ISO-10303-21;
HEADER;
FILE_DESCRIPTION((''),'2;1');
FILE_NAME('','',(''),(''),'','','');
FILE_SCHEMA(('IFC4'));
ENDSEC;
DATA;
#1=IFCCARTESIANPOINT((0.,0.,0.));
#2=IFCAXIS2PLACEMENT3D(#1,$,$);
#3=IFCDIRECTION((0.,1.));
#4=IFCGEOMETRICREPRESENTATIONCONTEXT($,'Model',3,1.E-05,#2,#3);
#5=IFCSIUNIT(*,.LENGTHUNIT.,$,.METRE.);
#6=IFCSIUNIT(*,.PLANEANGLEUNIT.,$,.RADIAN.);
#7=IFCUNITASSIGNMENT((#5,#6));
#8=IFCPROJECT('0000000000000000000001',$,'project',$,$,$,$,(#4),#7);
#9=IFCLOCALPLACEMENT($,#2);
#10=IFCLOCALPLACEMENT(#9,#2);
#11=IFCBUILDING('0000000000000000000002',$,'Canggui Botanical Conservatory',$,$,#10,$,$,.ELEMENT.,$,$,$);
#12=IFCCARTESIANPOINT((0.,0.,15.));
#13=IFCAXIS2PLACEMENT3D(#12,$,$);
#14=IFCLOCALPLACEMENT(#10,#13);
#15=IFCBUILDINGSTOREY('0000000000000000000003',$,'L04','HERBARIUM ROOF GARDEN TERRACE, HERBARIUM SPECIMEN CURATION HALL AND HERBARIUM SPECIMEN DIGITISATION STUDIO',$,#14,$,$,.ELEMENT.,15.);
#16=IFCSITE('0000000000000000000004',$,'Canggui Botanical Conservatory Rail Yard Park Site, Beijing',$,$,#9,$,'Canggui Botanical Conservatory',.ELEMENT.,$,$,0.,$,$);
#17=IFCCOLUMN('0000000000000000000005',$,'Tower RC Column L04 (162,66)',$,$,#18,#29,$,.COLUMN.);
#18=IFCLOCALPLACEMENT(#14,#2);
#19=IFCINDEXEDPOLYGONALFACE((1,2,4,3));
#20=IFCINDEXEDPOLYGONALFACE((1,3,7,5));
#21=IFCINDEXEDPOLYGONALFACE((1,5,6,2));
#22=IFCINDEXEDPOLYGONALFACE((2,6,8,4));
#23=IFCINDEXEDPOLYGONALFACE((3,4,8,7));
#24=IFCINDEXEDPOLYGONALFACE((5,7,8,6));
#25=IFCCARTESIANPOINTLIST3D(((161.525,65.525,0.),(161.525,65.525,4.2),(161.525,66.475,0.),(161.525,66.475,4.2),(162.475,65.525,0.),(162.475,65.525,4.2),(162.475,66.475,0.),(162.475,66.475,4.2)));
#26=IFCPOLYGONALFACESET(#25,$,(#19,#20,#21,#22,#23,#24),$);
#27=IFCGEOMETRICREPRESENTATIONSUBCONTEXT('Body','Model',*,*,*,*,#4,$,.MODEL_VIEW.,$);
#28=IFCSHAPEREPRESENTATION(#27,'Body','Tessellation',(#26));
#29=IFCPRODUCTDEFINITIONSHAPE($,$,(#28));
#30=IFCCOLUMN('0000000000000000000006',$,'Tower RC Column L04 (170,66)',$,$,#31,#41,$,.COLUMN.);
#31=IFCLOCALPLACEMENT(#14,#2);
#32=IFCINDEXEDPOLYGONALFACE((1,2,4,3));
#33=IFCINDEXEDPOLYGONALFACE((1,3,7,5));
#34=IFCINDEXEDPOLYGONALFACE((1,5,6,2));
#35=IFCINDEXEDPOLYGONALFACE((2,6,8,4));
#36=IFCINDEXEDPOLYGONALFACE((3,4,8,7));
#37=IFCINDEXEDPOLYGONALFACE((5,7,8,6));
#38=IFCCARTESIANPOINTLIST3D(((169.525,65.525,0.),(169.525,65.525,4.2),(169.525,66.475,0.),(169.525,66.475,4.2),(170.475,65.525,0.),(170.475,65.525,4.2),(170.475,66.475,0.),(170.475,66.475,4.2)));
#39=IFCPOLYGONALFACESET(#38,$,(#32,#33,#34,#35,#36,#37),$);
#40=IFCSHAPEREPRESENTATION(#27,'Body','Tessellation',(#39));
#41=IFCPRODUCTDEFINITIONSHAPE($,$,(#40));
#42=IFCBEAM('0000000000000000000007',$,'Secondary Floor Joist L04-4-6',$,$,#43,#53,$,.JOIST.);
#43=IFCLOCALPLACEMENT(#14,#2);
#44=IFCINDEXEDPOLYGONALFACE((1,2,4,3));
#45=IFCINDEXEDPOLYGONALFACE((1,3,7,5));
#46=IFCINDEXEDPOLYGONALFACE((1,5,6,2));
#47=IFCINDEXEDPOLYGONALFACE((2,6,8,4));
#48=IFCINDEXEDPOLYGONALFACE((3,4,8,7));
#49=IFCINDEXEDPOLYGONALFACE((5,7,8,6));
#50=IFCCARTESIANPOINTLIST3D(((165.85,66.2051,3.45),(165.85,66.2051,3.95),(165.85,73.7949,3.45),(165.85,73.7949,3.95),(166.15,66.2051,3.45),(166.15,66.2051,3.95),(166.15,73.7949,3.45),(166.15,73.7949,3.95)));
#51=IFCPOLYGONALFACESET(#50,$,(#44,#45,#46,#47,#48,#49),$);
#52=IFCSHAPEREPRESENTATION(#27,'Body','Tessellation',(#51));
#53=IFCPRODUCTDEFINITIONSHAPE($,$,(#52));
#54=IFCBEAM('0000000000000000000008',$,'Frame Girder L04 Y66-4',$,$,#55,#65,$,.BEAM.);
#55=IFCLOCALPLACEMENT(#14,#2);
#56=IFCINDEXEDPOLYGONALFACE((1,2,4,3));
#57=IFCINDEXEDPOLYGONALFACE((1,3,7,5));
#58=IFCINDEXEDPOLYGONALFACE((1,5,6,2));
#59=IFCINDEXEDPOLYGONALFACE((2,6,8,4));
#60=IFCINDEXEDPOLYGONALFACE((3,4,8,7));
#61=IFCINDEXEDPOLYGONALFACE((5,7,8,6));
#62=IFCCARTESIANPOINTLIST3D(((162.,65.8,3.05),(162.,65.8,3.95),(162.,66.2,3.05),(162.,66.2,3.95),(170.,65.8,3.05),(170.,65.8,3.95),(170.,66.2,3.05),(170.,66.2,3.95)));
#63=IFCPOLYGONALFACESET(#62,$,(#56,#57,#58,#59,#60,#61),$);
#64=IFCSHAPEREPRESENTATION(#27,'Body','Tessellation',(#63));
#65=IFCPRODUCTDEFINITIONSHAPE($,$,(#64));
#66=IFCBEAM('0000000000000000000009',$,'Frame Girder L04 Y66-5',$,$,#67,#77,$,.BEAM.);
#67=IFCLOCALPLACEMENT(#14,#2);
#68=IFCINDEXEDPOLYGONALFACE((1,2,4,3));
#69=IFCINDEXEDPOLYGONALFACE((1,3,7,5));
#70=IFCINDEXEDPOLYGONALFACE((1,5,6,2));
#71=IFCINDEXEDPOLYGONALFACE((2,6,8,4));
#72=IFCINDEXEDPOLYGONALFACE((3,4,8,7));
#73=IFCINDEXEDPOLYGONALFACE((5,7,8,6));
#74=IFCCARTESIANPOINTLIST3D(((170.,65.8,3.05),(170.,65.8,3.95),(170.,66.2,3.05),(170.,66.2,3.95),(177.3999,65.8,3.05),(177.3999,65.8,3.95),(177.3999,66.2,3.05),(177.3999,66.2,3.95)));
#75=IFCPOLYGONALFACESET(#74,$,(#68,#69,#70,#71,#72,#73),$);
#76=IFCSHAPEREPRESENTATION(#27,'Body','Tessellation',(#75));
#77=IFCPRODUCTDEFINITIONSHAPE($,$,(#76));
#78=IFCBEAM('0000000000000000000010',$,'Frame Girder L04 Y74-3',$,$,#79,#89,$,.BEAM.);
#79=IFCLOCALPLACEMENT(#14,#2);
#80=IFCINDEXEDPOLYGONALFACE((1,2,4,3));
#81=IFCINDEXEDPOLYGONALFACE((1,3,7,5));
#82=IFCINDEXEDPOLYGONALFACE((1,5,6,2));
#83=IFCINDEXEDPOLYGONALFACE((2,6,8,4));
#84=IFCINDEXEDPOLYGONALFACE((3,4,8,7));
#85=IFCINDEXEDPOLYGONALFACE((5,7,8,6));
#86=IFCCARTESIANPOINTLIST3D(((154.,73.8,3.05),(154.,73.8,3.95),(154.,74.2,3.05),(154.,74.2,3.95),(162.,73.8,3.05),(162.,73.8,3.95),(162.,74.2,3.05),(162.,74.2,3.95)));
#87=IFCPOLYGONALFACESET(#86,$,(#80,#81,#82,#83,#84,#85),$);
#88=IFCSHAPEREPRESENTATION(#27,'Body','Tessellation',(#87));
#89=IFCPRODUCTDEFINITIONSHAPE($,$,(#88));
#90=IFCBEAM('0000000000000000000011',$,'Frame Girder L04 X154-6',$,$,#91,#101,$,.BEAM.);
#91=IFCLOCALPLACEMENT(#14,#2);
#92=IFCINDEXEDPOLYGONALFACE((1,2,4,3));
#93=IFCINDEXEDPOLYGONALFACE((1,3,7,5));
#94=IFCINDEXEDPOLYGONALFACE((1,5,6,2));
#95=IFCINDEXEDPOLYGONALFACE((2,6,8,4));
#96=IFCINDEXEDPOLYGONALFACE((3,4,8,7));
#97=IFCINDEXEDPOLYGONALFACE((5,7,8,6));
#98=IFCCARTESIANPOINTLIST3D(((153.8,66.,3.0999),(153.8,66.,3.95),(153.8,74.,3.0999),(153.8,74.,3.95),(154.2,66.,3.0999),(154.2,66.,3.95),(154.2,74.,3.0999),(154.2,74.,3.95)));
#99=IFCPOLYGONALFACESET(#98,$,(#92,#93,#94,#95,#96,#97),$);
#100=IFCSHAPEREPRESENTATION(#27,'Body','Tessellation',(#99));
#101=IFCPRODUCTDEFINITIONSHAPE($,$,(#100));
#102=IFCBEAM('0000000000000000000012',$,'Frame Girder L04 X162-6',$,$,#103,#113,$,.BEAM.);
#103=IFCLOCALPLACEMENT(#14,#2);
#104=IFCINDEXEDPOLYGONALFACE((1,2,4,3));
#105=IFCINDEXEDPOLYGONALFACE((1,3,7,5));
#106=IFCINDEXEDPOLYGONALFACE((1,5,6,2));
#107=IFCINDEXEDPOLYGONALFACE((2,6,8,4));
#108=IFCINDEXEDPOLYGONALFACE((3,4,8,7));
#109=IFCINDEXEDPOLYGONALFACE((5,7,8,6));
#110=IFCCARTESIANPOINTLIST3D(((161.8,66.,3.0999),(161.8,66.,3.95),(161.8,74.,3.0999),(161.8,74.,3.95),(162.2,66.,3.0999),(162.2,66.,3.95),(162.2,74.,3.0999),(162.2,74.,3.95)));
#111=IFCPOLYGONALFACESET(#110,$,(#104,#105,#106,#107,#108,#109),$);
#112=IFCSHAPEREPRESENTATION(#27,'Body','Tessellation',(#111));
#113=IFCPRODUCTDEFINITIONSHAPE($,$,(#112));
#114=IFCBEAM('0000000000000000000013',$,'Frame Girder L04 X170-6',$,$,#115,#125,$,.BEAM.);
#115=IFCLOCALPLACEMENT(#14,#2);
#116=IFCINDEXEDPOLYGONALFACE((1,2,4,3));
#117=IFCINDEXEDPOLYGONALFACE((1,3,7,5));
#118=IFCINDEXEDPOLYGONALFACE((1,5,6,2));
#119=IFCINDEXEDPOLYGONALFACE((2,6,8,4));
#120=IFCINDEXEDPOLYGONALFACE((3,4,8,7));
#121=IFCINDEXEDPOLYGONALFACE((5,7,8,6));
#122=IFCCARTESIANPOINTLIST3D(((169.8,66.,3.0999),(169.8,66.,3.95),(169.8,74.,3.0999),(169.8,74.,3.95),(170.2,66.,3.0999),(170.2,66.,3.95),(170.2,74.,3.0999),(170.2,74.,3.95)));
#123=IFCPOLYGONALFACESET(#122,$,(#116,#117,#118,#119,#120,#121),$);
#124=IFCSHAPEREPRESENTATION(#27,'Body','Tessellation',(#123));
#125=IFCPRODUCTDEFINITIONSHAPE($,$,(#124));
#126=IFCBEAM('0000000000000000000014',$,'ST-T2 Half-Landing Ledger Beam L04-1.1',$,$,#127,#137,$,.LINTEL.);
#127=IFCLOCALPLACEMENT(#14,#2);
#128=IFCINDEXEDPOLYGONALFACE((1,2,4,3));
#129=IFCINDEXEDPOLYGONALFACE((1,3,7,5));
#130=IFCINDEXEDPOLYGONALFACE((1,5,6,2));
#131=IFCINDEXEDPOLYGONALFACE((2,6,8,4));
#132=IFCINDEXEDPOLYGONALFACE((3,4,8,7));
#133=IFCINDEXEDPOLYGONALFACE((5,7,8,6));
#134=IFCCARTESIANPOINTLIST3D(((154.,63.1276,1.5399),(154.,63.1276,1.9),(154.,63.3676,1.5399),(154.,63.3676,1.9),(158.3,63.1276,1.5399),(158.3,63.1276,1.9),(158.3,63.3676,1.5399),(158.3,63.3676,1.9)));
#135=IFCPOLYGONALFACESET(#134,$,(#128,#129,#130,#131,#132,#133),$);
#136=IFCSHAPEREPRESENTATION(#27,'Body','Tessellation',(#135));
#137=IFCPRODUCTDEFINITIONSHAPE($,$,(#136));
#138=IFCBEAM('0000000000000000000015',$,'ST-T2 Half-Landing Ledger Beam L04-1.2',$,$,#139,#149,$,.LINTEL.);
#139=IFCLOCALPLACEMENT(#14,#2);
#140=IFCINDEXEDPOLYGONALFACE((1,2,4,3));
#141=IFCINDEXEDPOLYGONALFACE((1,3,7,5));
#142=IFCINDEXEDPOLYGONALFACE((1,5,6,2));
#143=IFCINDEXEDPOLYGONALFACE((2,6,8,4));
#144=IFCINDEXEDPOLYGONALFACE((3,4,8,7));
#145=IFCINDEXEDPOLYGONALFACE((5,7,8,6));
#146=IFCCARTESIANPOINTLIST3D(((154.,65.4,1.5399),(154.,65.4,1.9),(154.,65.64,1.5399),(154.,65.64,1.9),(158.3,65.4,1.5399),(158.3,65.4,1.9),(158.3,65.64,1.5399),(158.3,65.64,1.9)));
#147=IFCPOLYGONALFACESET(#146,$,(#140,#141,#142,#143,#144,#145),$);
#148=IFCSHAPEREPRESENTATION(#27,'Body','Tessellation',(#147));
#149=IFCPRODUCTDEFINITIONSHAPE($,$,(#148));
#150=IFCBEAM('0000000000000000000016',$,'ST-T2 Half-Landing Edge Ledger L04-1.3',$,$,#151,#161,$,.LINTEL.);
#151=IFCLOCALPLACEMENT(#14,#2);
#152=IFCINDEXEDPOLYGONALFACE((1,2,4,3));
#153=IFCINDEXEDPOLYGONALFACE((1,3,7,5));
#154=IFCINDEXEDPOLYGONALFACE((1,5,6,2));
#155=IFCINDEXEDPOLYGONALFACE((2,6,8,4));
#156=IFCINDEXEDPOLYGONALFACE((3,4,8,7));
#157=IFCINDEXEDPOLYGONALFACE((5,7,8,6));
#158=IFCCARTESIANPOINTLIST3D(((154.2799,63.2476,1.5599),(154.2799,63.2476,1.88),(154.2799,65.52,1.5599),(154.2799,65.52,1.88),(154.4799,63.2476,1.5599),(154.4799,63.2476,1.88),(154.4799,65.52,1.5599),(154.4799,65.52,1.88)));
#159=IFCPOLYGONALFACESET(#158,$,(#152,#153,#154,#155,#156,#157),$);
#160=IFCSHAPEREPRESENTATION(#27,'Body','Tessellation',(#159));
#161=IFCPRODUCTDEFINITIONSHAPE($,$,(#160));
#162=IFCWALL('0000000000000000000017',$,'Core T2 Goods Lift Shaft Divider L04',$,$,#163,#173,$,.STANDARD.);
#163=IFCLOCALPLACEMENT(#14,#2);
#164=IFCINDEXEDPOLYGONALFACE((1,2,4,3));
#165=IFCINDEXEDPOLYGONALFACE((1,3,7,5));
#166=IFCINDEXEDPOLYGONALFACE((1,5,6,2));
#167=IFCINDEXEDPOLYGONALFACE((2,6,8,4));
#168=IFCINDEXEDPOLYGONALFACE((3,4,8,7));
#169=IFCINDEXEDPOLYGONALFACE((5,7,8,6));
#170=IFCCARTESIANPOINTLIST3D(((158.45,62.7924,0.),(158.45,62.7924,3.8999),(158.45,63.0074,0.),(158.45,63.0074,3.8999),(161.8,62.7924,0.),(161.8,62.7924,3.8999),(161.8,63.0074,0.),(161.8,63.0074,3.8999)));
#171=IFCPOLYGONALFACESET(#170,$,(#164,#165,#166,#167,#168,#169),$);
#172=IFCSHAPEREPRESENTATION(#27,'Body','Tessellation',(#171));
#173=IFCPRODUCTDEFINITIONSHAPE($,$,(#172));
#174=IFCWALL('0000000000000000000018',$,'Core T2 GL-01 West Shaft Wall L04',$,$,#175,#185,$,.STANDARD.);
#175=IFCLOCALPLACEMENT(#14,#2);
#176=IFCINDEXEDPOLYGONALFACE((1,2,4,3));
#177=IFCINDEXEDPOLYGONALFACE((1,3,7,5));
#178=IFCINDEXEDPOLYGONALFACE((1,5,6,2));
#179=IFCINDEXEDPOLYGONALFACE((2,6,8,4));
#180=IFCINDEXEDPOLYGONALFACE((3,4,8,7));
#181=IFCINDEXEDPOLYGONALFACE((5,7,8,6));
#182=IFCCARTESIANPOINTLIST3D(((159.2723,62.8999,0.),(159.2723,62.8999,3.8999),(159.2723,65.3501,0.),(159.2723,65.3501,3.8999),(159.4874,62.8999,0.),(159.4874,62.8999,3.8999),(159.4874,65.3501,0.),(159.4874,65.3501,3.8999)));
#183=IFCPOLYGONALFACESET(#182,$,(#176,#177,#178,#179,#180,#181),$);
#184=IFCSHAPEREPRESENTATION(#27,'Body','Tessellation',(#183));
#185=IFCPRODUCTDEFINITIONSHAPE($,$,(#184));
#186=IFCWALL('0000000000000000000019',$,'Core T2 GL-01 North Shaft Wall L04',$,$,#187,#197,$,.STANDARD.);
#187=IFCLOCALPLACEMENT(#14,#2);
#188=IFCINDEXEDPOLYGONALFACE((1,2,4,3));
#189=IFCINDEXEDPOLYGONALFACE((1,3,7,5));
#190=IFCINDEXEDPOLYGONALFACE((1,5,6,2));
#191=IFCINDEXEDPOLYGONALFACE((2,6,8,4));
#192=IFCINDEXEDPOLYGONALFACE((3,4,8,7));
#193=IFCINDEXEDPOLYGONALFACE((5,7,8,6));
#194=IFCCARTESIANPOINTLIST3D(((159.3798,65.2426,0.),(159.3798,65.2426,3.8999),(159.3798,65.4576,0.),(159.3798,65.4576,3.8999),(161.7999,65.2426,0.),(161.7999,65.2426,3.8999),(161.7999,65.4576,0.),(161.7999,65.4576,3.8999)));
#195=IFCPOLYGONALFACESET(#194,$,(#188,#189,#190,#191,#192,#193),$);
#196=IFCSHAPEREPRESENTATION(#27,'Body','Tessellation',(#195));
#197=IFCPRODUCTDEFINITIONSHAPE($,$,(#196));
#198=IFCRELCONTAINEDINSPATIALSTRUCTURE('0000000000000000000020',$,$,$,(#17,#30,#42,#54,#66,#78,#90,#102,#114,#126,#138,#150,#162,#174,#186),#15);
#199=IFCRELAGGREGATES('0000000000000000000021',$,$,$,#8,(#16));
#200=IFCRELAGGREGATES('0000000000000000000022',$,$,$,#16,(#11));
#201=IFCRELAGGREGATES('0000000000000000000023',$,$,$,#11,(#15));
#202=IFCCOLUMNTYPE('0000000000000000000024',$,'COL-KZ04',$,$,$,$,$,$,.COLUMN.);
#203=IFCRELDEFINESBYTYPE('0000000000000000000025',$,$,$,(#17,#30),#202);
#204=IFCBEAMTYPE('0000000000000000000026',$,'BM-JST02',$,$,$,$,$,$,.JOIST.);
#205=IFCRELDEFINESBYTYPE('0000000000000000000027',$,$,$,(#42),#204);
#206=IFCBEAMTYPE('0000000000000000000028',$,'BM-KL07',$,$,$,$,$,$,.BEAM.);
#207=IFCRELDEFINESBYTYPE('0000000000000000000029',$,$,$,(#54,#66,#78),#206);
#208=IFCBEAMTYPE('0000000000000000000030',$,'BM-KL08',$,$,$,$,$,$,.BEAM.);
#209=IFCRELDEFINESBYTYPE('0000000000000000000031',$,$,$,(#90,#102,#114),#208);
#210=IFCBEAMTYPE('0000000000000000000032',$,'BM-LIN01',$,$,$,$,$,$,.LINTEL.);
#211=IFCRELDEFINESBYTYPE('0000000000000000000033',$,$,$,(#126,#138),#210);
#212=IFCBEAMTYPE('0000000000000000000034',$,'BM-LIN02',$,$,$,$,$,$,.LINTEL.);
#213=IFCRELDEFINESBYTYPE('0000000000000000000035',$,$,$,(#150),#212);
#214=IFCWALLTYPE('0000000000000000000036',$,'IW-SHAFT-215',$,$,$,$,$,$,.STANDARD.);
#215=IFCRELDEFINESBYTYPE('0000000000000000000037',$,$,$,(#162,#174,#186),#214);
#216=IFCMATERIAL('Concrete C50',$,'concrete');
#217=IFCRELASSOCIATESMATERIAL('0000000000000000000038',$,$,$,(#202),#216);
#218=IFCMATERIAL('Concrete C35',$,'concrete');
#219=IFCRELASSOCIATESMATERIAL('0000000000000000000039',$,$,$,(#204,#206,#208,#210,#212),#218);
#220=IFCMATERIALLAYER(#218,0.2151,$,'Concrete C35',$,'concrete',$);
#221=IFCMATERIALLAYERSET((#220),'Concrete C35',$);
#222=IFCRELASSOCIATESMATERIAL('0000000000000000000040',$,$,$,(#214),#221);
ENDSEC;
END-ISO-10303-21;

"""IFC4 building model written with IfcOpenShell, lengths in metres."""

from ifc_helpers import new_model, si_unit, direction, frame, frame_2d, origin, origin_2d, place, context, subcontext, project, spatial, rectangle, extrude, material, layer, layer_set, material_profile, profile_set, type_object, element, save


model = new_model("IFC4")

# Units and contexts
model_context = context("Model", 3, precision=1e-05, world=origin(), true_north=direction((0.0, 1.0)))
body_context = subcontext(model_context, "Body", "Model", "MODEL_VIEW")
ifc_project = project(units=[si_unit("LENGTHUNIT", "METRE"), si_unit("PLANEANGLEUNIT", "RADIAN")], contexts=[model_context])

# Site, building, storey
site_placement = place(None, origin())
site = spatial("IfcSite", under=ifc_project, at=site_placement, Name="Canggui Botanical Conservatory Rail Yard Park Site, Beijing", LongName="Canggui Botanical Conservatory", CompositionType="ELEMENT", RefElevation=0.0)
building_placement = place(site_placement, origin())
building = spatial("IfcBuilding", under=site, at=building_placement, Name="Canggui Botanical Conservatory", CompositionType="ELEMENT")
storey_placement = place(building_placement, frame((0.0, 0.0, 15.0)))
storey = spatial("IfcBuildingStorey", under=building, at=storey_placement, Name="L04", Description="HERBARIUM ROOF GARDEN TERRACE, HERBARIUM SPECIMEN CURATION HALL AND HERBARIUM SPECIMEN DIGITISATION STUDIO", CompositionType="ELEMENT", Elevation=15.0)

# Columns
ifc_material_1 = material(Name="Concrete C50", Category="concrete")
ifc_material_profile_1 = material_profile(ifc_material_1, rectangle(XDim=0.95, YDim=0.95, at=origin_2d()), Name="RC 950x950")
ifc_profile_set_1 = profile_set([ifc_material_profile_1], Name="Concrete C50")
column_type = type_object("IfcColumnType", Name="COL-KZ04", PredefinedType="COLUMN", material=ifc_profile_set_1)
for number, where, z_axis, x_axis, name in (
    (1, (162.0, 66.0, 0.0), (0.0, 0.0, 1.0), (1.0, 0.0, 0.0), "Tower RC Column L04 (162,66)"),
    (2, (170.0, 66.0, 0.0), (0.0, 0.0, 1.0), (1.0, 0.0, 0.0), "Tower RC Column L04 (170,66)"),
):
    element("IfcColumn", number, at=place(storey_placement, frame(where, z_axis=z_axis, x_axis=x_axis)), inside=storey, type_object=column_type, Name=name, PredefinedType="COLUMN", context=body_context, shape_type="SweptSolid", body=[
        extrude(rectangle(XDim=0.95, YDim=0.95, at=origin_2d()), origin(), (0.0, 0.0, 1.0), 4.2),
    ])

# Beams
ifc_material_2 = material(Name="Concrete C35", Category="concrete")
ifc_material_profile_2 = material_profile(ifc_material_2, rectangle(XDim=0.3, YDim=0.5, at=origin_2d()), Name="RB 300x500")
ifc_profile_set_2 = profile_set([ifc_material_profile_2], Name="Concrete C35")
beam_type_1 = type_object("IfcBeamType", Name="BM-JST02", PredefinedType="JOIST", material=ifc_profile_set_2)
beam_1_placement = place(storey_placement, frame((166.0, 66.2051, 3.7), z_axis=(0.0, 1.0, 0.0), x_axis=(-1.0, 0.0, 0.0)))
element("IfcBeam", 3, at=beam_1_placement, inside=storey, type_object=beam_type_1, Name="Secondary Floor Joist L04-4-6", PredefinedType="JOIST", context=body_context, shape_type="SweptSolid", body=[
    extrude(rectangle(XDim=0.3, YDim=0.5, at=origin_2d()), origin(), (0.0, 0.0, 1.0), 7.5898),
])
ifc_material_profile_3 = material_profile(ifc_material_2, rectangle(XDim=0.3999, YDim=0.8999, at=origin_2d()), Name="RB 400x900")
ifc_profile_set_3 = profile_set([ifc_material_profile_3], Name="Concrete C35")
beam_type_2 = type_object("IfcBeamType", Name="BM-KL07", PredefinedType="BEAM", material=ifc_profile_set_3)
beam_2_placement = place(storey_placement, frame((162.0, 66.0, 3.5), z_axis=(1.0, 0.0, 0.0), x_axis=(0.0, 1.0, 0.0)))
element("IfcBeam", 4, at=beam_2_placement, inside=storey, type_object=beam_type_2, Name="Frame Girder L04 Y66-4", PredefinedType="BEAM", context=body_context, shape_type="SweptSolid", body=[
    extrude(rectangle(XDim=0.3999, YDim=0.8999, at=origin_2d()), origin(), (0.0, 0.0, 1.0), 8.0),
])
beam_3_placement = place(storey_placement, frame((170.0, 66.0, 3.5), z_axis=(1.0, 0.0, 0.0), x_axis=(0.0, 1.0, 0.0)))
element("IfcBeam", 5, at=beam_3_placement, inside=storey, type_object=beam_type_2, Name="Frame Girder L04 Y66-5", PredefinedType="BEAM", context=body_context, shape_type="SweptSolid", body=[
    extrude(rectangle(XDim=0.3999, YDim=0.8999, at=origin_2d()), origin(), (0.0, 0.0, 1.0), 7.3999),
])
beam_4_placement = place(storey_placement, frame((154.0, 74.0, 3.5), z_axis=(1.0, 0.0, 0.0), x_axis=(0.0, 1.0, 0.0)))
element("IfcBeam", 6, at=beam_4_placement, inside=storey, type_object=beam_type_2, Name="Frame Girder L04 Y74-3", PredefinedType="BEAM", context=body_context, shape_type="SweptSolid", body=[
    extrude(rectangle(XDim=0.3999, YDim=0.8999, at=origin_2d()), origin(), (0.0, 0.0, 1.0), 8.0),
])
ifc_material_profile_4 = material_profile(ifc_material_2, rectangle(XDim=0.3999, YDim=0.8501, at=origin_2d()), Name="RB 400x850")
ifc_profile_set_4 = profile_set([ifc_material_profile_4], Name="Concrete C35")
beam_type_3 = type_object("IfcBeamType", Name="BM-KL08", PredefinedType="BEAM", material=ifc_profile_set_4)
for number, where, z_axis, x_axis, name in (
    (7, (154.0, 66.0, 3.5249), (0.0, 1.0, 0.0), (-1.0, 0.0, 0.0), "Frame Girder L04 X154-6"),
    (8, (162.0, 66.0, 3.5249), (0.0, 1.0, 0.0), (-1.0, 0.0, 0.0), "Frame Girder L04 X162-6"),
    (9, (170.0, 66.0, 3.5249), (0.0, 1.0, 0.0), (-1.0, 0.0, 0.0), "Frame Girder L04 X170-6"),
):
    element("IfcBeam", number, at=place(storey_placement, frame(where, z_axis=z_axis, x_axis=x_axis)), inside=storey, type_object=beam_type_3, Name=name, PredefinedType="BEAM", context=body_context, shape_type="SweptSolid", body=[
        extrude(rectangle(XDim=0.3999, YDim=0.8501, at=origin_2d()), origin(), (0.0, 0.0, 1.0), 8.0),
    ])
ifc_material_profile_5 = material_profile(ifc_material_2, rectangle(XDim=0.24, YDim=0.3601, at=origin_2d()), Name="RB 240x360")
ifc_profile_set_5 = profile_set([ifc_material_profile_5], Name="Concrete C35")
beam_type_4 = type_object("IfcBeamType", Name="BM-LIN01", PredefinedType="LINTEL", material=ifc_profile_set_5)
for number, where, z_axis, x_axis, name in (
    (10, (154.0, 63.2476, 1.72), (1.0, 0.0, 0.0), (0.0, 1.0, 0.0), "ST-T2 Half-Landing Ledger Beam L04-1.1"),
    (11, (154.0, 65.52, 1.72), (1.0, 0.0, 0.0), (0.0, 1.0, 0.0), "ST-T2 Half-Landing Ledger Beam L04-1.2"),
):
    element("IfcBeam", number, at=place(storey_placement, frame(where, z_axis=z_axis, x_axis=x_axis)), inside=storey, type_object=beam_type_4, Name=name, PredefinedType="LINTEL", context=body_context, shape_type="SweptSolid", body=[
        extrude(rectangle(XDim=0.24, YDim=0.3601, at=origin_2d()), origin(), (0.0, 0.0, 1.0), 4.3),
    ])
ifc_material_profile_6 = material_profile(ifc_material_2, rectangle(XDim=0.2, YDim=0.3201, at=origin_2d()), Name="RB 200x320")
ifc_profile_set_6 = profile_set([ifc_material_profile_6], Name="Concrete C35")
beam_type_5 = type_object("IfcBeamType", Name="BM-LIN02", PredefinedType="LINTEL", material=ifc_profile_set_6)
beam_5_placement = place(storey_placement, frame((154.3799, 63.2476, 1.72), z_axis=(0.0, 1.0, 0.0), x_axis=(-1.0, 0.0, 0.0)))
element("IfcBeam", 12, at=beam_5_placement, inside=storey, type_object=beam_type_5, Name="ST-T2 Half-Landing Edge Ledger L04-1.3", PredefinedType="LINTEL", context=body_context, shape_type="SweptSolid", body=[
    extrude(rectangle(XDim=0.2, YDim=0.3201, at=origin_2d()), origin(), (0.0, 0.0, 1.0), 2.2725),
])

# Walls
ifc_layer_1 = layer(ifc_material_2, 0.2151, Name="Concrete C35", Category="concrete")
ifc_layer_set_1 = layer_set([ifc_layer_1], Name="Concrete C35")
wall_type_1 = type_object("IfcWallType", Name="IW-SHAFT-215", PredefinedType="STANDARD", material=ifc_layer_set_1)
wall_1_placement = place(storey_placement, frame((158.45, 62.8999, 0.0), z_axis=(0.0, 0.0, 1.0), x_axis=(1.0, 0.0, 0.0)))
element("IfcWall", 13, at=wall_1_placement, inside=storey, type_object=wall_type_1, Name="Core T2 Goods Lift Shaft Divider L04", PredefinedType="STANDARD", context=body_context, shape_type="SweptSolid", body=[
    extrude(rectangle(XDim=3.3501, YDim=0.2151, at=frame_2d((1.675, 0.0))), origin(), (0.0, 0.0, 1.0), 3.8999),
])
wall_2_placement = place(storey_placement, frame((159.3799, 62.8999, 0.0), z_axis=(0.0, 0.0, 1.0), x_axis=(0.0, 1.0, 0.0)))
element("IfcWall", 14, at=wall_2_placement, inside=storey, type_object=wall_type_1, Name="Core T2 GL-01 West Shaft Wall L04", PredefinedType="STANDARD", context=body_context, shape_type="SweptSolid", body=[
    extrude(rectangle(XDim=2.4502, YDim=0.2151, at=frame_2d((1.2251, 0.0))), origin(), (0.0, 0.0, 1.0), 3.8999),
])
wall_3_placement = place(storey_placement, frame((159.3799, 65.3501, 0.0), z_axis=(0.0, 0.0, 1.0), x_axis=(1.0, 0.0, 0.0)))
element("IfcWall", 15, at=wall_3_placement, inside=storey, type_object=wall_type_1, Name="Core T2 GL-01 North Shaft Wall L04", PredefinedType="STANDARD", context=body_context, shape_type="SweptSolid", body=[
    extrude(rectangle(XDim=2.4202, YDim=0.2151, at=frame_2d((1.21, 0.0))), origin(), (0.0, 0.0, 1.0), 3.8999),
])

save(model, "model.ifc")
